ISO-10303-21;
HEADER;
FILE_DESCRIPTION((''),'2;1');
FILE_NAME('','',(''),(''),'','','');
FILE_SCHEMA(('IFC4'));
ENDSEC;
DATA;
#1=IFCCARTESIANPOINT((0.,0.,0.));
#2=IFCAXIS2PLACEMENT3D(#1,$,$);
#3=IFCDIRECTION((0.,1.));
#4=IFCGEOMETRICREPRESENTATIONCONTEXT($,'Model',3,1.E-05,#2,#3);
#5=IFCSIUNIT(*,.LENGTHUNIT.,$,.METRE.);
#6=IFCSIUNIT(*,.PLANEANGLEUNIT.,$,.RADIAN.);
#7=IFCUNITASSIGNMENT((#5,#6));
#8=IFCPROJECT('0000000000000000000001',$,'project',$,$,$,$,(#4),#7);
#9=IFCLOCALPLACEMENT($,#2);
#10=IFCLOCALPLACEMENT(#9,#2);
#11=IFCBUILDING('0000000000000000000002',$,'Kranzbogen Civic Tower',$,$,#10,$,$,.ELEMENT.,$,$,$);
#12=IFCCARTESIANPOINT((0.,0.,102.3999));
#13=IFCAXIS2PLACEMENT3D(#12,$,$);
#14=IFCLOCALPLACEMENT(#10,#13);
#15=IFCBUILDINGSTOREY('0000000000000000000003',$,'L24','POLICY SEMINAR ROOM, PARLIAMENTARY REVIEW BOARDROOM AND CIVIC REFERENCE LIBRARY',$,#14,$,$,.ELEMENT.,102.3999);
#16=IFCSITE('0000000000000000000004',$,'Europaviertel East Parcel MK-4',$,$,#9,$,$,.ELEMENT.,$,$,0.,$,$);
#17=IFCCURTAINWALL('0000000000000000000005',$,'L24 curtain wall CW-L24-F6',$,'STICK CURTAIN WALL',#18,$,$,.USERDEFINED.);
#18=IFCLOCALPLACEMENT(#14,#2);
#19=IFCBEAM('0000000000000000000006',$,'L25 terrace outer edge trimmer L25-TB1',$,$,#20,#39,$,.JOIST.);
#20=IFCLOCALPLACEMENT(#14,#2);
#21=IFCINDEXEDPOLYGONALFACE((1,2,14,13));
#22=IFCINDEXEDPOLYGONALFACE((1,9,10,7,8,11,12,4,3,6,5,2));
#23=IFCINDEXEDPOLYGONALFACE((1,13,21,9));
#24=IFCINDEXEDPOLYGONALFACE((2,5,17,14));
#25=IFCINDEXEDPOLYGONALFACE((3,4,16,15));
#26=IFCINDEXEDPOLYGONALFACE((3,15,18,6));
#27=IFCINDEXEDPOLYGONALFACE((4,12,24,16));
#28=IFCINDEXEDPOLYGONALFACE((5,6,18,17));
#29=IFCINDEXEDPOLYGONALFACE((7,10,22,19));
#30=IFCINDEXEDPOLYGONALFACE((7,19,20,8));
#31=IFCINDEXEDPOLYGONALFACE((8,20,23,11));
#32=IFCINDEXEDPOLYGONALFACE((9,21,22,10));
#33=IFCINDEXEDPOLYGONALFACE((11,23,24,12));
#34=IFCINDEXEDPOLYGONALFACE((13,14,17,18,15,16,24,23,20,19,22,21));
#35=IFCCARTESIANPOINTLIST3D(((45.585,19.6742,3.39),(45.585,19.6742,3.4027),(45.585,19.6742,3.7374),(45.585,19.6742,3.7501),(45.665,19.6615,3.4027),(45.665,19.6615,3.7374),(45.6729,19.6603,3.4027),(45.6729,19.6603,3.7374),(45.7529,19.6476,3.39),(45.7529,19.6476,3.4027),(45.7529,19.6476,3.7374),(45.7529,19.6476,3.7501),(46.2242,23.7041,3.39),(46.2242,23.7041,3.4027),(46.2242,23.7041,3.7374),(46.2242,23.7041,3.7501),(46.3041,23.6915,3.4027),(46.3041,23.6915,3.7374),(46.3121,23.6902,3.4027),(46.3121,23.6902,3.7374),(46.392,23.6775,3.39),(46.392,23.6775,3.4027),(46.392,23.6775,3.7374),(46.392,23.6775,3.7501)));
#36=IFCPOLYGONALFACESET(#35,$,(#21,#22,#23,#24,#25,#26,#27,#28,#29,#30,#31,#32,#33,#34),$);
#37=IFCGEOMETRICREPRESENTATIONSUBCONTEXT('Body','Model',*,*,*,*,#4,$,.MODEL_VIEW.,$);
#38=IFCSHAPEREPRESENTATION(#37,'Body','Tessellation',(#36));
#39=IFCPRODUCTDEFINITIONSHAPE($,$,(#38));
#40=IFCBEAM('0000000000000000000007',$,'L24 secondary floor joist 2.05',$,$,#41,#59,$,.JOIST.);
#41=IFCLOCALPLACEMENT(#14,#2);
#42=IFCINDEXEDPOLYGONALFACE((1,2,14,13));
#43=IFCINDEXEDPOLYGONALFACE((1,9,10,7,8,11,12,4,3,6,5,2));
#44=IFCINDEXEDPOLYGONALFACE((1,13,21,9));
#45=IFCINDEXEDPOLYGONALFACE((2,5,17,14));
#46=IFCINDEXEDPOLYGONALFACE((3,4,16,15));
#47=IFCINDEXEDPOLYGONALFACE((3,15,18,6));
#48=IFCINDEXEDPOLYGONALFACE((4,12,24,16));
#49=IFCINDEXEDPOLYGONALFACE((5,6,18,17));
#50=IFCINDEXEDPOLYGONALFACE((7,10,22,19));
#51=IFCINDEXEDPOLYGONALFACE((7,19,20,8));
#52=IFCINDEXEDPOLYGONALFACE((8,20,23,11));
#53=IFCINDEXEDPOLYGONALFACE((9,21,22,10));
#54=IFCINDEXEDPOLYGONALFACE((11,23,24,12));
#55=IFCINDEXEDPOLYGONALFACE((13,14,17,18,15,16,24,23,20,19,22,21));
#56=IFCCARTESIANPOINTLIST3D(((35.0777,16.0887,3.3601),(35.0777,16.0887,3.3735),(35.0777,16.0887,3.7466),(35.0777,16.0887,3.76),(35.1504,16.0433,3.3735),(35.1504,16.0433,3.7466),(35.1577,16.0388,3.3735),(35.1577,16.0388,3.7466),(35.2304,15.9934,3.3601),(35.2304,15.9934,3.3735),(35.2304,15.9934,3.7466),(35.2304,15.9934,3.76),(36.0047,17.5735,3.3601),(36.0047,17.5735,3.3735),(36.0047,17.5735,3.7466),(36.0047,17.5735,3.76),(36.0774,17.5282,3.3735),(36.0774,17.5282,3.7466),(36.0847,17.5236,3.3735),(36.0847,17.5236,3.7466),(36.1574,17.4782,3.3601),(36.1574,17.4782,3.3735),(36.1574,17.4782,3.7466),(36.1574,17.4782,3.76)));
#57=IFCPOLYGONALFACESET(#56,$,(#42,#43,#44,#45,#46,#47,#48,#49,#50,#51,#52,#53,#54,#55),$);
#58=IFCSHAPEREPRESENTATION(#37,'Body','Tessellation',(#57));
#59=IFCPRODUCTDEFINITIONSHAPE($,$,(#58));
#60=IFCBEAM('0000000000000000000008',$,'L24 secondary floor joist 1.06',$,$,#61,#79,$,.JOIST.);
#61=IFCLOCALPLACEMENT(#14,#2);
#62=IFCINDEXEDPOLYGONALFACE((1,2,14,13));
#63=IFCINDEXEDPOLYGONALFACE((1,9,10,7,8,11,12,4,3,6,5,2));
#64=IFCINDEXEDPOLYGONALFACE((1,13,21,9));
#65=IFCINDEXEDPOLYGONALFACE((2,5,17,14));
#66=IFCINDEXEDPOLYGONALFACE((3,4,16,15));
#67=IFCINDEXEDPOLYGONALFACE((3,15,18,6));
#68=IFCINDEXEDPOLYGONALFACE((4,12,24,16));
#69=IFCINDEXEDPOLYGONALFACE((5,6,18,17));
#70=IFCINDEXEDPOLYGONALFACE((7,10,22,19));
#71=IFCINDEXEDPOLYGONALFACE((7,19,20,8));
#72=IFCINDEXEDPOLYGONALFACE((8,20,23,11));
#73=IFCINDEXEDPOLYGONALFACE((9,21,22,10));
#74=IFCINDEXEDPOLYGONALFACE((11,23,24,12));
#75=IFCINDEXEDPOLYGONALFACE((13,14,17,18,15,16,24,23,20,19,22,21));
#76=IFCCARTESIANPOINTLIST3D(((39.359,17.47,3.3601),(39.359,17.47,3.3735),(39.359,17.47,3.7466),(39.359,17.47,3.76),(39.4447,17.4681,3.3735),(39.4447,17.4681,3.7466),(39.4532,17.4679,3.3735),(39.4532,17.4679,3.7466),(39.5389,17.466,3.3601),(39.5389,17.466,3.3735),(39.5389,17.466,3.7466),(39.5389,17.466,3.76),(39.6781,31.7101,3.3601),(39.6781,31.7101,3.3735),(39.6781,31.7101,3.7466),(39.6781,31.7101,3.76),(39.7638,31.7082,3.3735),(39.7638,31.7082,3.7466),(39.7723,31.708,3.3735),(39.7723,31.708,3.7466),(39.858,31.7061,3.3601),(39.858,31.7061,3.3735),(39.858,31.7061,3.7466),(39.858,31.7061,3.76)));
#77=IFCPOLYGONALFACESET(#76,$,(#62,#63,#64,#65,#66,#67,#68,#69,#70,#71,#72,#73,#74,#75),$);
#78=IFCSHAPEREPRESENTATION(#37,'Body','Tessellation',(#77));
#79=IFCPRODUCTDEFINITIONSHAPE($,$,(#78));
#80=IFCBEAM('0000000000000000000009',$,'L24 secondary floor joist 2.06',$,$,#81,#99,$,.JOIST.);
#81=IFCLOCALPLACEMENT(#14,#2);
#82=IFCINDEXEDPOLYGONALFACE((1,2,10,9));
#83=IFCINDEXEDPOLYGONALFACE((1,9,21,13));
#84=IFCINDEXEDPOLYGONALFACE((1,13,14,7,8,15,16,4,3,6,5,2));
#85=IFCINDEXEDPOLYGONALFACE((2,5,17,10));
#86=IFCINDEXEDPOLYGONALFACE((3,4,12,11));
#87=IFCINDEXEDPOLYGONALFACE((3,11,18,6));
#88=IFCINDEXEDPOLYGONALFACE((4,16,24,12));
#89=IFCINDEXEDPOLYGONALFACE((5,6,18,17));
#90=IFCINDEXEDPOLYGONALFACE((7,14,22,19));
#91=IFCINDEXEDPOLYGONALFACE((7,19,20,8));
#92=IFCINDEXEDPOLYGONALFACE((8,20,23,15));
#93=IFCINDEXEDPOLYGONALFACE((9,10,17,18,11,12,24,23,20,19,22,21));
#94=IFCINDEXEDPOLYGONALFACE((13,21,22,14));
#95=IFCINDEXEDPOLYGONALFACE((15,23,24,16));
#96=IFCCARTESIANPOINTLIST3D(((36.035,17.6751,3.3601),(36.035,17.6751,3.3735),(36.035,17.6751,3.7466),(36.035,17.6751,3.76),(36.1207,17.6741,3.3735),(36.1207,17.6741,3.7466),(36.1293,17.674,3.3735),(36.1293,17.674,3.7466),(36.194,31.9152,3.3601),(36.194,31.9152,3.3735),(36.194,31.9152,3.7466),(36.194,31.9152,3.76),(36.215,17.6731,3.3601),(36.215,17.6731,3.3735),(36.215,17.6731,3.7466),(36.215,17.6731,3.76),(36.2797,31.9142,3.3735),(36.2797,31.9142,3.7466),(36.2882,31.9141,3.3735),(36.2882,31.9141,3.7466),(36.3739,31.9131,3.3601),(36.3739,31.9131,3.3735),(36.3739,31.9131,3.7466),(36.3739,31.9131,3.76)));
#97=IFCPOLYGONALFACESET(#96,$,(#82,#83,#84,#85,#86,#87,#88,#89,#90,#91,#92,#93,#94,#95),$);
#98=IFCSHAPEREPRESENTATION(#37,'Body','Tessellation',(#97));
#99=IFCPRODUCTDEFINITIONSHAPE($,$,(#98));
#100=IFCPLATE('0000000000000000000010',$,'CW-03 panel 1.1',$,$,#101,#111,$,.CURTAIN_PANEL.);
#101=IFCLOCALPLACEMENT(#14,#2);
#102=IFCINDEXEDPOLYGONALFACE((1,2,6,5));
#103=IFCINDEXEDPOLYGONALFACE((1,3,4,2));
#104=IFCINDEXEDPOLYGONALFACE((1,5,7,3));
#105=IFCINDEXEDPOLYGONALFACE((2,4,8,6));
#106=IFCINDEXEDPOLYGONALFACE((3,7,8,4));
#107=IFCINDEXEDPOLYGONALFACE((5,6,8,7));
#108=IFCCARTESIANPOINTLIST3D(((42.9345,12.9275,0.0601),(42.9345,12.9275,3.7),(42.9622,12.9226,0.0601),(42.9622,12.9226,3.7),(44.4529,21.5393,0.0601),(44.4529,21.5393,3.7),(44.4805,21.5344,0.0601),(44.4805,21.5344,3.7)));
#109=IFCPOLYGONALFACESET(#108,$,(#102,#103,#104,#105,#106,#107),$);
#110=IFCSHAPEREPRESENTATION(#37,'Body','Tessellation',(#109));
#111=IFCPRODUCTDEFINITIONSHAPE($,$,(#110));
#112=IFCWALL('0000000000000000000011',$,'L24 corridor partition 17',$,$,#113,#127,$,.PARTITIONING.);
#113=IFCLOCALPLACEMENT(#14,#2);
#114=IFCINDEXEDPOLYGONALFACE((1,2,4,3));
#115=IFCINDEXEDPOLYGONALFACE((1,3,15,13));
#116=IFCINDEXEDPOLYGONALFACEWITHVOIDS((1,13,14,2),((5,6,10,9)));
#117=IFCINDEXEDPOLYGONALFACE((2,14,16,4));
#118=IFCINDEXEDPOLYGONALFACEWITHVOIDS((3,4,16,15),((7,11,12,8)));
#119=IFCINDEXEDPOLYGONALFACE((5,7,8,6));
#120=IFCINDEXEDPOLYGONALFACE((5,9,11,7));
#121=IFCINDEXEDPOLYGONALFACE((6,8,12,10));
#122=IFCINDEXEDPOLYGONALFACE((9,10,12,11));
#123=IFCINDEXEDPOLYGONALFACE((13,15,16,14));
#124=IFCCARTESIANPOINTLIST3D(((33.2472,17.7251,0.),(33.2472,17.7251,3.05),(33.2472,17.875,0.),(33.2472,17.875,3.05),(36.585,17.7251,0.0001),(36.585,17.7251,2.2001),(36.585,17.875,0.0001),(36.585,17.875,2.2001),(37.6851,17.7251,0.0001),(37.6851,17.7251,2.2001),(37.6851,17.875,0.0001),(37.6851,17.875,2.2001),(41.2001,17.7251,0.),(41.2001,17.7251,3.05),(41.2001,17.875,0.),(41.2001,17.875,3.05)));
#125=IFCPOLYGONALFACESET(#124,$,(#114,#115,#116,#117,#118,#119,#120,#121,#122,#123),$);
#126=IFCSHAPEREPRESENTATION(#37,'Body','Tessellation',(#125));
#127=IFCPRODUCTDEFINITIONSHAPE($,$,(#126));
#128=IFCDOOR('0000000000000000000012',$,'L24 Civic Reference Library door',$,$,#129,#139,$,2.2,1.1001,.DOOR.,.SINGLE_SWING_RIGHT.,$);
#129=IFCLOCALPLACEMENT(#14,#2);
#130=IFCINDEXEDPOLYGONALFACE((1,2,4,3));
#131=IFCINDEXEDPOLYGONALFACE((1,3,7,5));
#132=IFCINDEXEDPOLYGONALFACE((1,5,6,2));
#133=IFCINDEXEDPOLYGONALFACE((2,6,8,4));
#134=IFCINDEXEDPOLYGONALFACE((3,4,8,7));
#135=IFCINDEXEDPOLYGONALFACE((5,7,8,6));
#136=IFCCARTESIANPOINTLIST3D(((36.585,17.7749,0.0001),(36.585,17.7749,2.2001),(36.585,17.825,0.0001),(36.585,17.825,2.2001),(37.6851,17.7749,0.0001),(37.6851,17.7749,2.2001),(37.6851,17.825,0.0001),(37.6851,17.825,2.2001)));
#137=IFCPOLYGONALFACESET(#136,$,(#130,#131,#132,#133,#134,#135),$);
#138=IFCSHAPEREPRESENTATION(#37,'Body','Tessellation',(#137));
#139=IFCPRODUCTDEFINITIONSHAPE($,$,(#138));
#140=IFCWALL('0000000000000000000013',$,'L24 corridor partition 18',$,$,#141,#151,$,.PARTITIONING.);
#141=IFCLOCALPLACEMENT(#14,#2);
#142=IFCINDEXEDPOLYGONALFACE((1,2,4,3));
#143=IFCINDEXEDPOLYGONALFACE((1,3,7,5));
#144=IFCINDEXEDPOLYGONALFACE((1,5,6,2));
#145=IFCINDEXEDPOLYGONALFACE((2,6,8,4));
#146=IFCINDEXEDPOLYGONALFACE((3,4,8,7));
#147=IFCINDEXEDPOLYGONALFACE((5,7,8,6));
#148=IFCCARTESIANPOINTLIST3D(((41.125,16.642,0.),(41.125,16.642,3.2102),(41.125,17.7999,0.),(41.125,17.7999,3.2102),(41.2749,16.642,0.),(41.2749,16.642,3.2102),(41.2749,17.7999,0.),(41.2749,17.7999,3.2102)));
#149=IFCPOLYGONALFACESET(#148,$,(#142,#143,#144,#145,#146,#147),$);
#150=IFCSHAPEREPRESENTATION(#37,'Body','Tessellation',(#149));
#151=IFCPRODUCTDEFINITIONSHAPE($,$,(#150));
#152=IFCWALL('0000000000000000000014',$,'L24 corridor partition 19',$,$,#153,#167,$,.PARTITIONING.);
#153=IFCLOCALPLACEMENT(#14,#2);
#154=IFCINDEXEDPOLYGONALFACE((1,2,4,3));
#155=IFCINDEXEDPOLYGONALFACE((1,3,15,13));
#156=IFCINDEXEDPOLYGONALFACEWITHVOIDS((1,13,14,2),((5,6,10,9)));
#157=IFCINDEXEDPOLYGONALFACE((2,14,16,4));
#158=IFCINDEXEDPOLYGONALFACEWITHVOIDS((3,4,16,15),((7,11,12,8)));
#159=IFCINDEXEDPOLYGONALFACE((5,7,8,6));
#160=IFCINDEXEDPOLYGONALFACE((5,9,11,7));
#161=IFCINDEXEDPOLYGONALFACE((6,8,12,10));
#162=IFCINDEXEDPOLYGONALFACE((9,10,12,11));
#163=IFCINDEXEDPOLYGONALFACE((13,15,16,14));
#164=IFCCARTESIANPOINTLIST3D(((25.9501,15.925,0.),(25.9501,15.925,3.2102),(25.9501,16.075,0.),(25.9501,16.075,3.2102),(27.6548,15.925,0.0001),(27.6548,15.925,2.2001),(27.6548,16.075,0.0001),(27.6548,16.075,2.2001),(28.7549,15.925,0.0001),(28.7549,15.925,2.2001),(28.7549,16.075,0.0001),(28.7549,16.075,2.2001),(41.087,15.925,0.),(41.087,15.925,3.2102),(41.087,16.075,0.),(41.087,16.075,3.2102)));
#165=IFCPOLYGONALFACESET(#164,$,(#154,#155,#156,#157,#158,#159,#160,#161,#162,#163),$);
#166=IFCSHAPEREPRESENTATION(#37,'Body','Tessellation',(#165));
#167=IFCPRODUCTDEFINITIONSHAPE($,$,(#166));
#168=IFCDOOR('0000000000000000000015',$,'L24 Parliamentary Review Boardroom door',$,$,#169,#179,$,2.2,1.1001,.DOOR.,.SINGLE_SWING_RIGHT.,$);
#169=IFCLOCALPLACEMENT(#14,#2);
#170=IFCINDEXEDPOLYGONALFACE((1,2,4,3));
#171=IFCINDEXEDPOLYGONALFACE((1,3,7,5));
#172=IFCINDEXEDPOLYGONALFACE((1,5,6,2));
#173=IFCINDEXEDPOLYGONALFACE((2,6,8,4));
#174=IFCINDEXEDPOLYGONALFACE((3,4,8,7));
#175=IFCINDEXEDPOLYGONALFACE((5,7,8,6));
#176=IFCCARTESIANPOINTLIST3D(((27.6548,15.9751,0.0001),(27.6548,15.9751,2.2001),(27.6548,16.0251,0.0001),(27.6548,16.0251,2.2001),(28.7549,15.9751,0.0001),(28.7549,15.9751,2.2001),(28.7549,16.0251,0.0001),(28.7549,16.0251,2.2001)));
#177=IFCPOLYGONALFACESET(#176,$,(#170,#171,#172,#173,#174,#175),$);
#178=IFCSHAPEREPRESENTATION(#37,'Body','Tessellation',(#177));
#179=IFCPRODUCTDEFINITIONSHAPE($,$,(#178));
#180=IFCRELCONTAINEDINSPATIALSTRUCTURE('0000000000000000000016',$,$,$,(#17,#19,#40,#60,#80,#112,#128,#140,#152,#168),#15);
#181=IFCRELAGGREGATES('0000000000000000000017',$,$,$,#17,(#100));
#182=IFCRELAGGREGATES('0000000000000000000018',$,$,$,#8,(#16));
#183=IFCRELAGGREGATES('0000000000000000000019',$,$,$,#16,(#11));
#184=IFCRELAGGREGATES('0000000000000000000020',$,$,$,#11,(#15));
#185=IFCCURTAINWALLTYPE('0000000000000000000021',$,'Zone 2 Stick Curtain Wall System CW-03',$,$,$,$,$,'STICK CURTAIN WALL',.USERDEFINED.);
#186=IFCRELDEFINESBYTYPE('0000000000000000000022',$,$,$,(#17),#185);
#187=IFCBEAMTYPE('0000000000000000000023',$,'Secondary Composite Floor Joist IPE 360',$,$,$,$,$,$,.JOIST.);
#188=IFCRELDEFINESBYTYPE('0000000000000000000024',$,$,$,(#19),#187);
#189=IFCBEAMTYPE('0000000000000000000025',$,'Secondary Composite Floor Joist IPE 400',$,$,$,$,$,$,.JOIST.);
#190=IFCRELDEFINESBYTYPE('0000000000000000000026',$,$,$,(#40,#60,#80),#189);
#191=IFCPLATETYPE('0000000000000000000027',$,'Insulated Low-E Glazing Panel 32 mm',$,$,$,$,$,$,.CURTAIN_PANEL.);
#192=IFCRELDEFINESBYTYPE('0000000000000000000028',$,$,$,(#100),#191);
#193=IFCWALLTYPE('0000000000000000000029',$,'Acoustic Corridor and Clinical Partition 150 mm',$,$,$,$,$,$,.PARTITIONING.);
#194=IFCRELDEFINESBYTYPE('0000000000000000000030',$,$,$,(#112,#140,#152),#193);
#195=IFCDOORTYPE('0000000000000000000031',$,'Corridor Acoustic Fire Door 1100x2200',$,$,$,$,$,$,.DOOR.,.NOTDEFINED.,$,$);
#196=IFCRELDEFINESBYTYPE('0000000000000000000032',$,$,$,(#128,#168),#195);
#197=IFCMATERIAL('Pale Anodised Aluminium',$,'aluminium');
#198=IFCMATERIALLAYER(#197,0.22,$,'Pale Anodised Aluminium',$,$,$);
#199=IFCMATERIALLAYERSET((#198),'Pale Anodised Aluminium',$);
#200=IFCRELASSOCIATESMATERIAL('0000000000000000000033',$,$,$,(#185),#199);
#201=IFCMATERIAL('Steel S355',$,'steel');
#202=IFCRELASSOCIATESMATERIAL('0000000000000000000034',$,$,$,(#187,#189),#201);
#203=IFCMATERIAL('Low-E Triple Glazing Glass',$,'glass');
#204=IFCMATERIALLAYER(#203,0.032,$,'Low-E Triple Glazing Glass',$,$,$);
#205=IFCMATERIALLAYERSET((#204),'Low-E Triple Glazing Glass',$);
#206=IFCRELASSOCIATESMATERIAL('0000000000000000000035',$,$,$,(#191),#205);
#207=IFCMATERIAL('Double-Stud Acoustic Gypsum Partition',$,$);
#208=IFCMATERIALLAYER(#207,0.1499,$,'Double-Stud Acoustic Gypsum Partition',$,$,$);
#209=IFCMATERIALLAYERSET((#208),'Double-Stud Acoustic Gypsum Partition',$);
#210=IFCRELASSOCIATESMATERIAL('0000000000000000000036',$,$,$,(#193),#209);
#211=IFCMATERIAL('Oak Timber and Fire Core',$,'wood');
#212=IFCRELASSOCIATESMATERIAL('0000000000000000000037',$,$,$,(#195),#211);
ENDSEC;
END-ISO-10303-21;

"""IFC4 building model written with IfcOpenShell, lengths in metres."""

from ifc_helpers import new_model, si_unit, direction, frame, frame_2d, origin, origin_2d, place, context, subcontext, project, spatial, rectangle, i_section, extrude, material, layer, layer_set, material_profile, profile_set, type_object, element, fill, aggregate, save


model = new_model("IFC4")

# Units and contexts
model_context = context("Model", 3, precision=1e-05, world=origin(), true_north=direction((0.0, 1.0)))
body_context = subcontext(model_context, "Body", "Model", "MODEL_VIEW")
ifc_project = project(units=[si_unit("LENGTHUNIT", "METRE"), si_unit("PLANEANGLEUNIT", "RADIAN")], contexts=[model_context])

# Site, building, storey
site_placement = place(None, origin())
site = spatial("IfcSite", under=ifc_project, at=site_placement, Name="Europaviertel East Parcel MK-4", CompositionType="ELEMENT", RefElevation=0.0)
building_placement = place(site_placement, origin())
building = spatial("IfcBuilding", under=site, at=building_placement, Name="Kranzbogen Civic Tower", CompositionType="ELEMENT")
storey_placement = place(building_placement, frame((0.0, 0.0, 102.3999)))
storey = spatial("IfcBuildingStorey", under=building, at=storey_placement, Name="L24", Description="POLICY SEMINAR ROOM, PARLIAMENTARY REVIEW BOARDROOM AND CIVIC REFERENCE LIBRARY", CompositionType="ELEMENT", Elevation=102.3999)

# Curtain wall
ifc_material_1 = material(Name="Pale Anodised Aluminium", Category="aluminium")
ifc_layer_1 = layer(ifc_material_1, 0.22, Name="Pale Anodised Aluminium")
ifc_layer_set_1 = layer_set([ifc_layer_1], Name="Pale Anodised Aluminium")
curtain_wall_type = type_object("IfcCurtainWallType", Name="Zone 2 Stick Curtain Wall System CW-03", ElementType="STICK CURTAIN WALL", PredefinedType="USERDEFINED", material=ifc_layer_set_1)
curtain_wall_placement = place(storey_placement, origin())
curtain_wall = element("IfcCurtainWall", 1, at=curtain_wall_placement, inside=storey, type_object=curtain_wall_type, Name="L24 curtain wall CW-L24-F6", ObjectType="STICK CURTAIN WALL", PredefinedType="USERDEFINED")

# Beams
ifc_material_2 = material(Name="Steel S355", Category="steel")
ifc_material_profile_1 = material_profile(ifc_material_2, i_section(OverallWidth=0.1699, OverallDepth=0.3601, WebThickness=0.0081, FlangeThickness=0.0127, at=origin_2d()), Name="IPE 360")
ifc_profile_set_1 = profile_set([ifc_material_profile_1], Name="Steel S355")
beam_type_1 = type_object("IfcBeamType", Name="Secondary Composite Floor Joist IPE 360", PredefinedType="JOIST", material=ifc_profile_set_1)
beam_1_placement = place(storey_placement, frame((45.6689, 19.6609, 3.5701), z_axis=(0.156642, 0.987656, 0.0), x_axis=(-0.987656, 0.156642, 0.0)))
element("IfcBeam", 2, at=beam_1_placement, inside=storey, type_object=beam_type_1, Name="L25 terrace outer edge trimmer L25-TB1", PredefinedType="JOIST", context=body_context, shape_type="SweptSolid", body=[
    extrude(i_section(OverallWidth=0.1699, OverallDepth=0.3601, WebThickness=0.0081, FlangeThickness=0.0127, at=origin_2d()), origin(), (0.0, 0.0, 1.0), 4.0803),
])
ifc_material_profile_2 = material_profile(ifc_material_2, i_section(OverallWidth=0.1799, OverallDepth=0.3999, WebThickness=0.0085, FlangeThickness=0.0134, at=origin_2d()), Name="IPE 400")
ifc_profile_set_2 = profile_set([ifc_material_profile_2], Name="Steel S355")
beam_type_2 = type_object("IfcBeamType", Name="Secondary Composite Floor Joist IPE 400", PredefinedType="JOIST", material=ifc_profile_set_2)
beam_2_placement = place(storey_placement, frame((35.1541, 16.041, 3.5601), z_axis=(0.529573, 0.848265, 0.0), x_axis=(-0.848265, 0.529573, 0.0)))
element("IfcBeam", 3, at=beam_2_placement, inside=storey, type_object=beam_type_2, Name="L24 secondary floor joist 2.05", PredefinedType="JOIST", context=body_context, shape_type="SweptSolid", body=[
    extrude(i_section(OverallWidth=0.1799, OverallDepth=0.3999, WebThickness=0.0085, FlangeThickness=0.0134, at=origin_2d()), origin(), (0.0, 0.0, 1.0), 1.7505),
])
beam_3_placement = place(storey_placement, frame((39.449, 17.468, 3.5601), z_axis=(0.022403, 0.999749, 0.0), x_axis=(-0.999749, 0.022403, 0.0)))
element("IfcBeam", 4, at=beam_3_placement, inside=storey, type_object=beam_type_2, Name="L24 secondary floor joist 1.06", PredefinedType="JOIST", context=body_context, shape_type="SweptSolid", body=[
    extrude(i_section(OverallWidth=0.1799, OverallDepth=0.3999, WebThickness=0.0085, FlangeThickness=0.0134, at=origin_2d()), origin(), (0.0, 0.0, 1.0), 14.2437),
])
beam_4_placement = place(storey_placement, frame((36.125, 17.6741, 3.5601), z_axis=(0.011161, 0.999938, 0.0), x_axis=(-0.999938, 0.011161, 0.0)))
element("IfcBeam", 5, at=beam_4_placement, inside=storey, type_object=beam_type_2, Name="L24 secondary floor joist 2.06", PredefinedType="JOIST", context=body_context, shape_type="SweptSolid", body=[
    extrude(i_section(OverallWidth=0.1799, OverallDepth=0.3999, WebThickness=0.0085, FlangeThickness=0.0134, at=origin_2d()), origin(), (0.0, 0.0, 1.0), 14.241),
])

# Plate
ifc_material_3 = material(Name="Low-E Triple Glazing Glass", Category="glass")
ifc_layer_2 = layer(ifc_material_3, 0.032, Name="Low-E Triple Glazing Glass")
ifc_layer_set_2 = layer_set([ifc_layer_2], Name="Low-E Triple Glazing Glass")
plate_type = type_object("IfcPlateType", Name="Insulated Low-E Glazing Panel 32 mm", PredefinedType="CURTAIN_PANEL", material=ifc_layer_set_2)
plate_placement = place(storey_placement, frame((43.7075, 17.231, 0.0601), z_axis=(0.0, 0.0, 1.0), x_axis=(0.173634, 0.98481, 0.0)))
plate = element("IfcPlate", 6, at=plate_placement, type_object=plate_type, Name="CW-03 panel 1.1", PredefinedType="CURTAIN_PANEL", context=body_context, shape_type="SweptSolid", body=[
    extrude(rectangle(XDim=8.7446, YDim=0.0281, at=origin_2d()), origin(), (0.0, 0.0, 1.0), 3.6399),
])
aggregate(curtain_wall, [plate])

# Wall, opening, door
ifc_material_4 = material(Name="Double-Stud Acoustic Gypsum Partition")
ifc_layer_3 = layer(ifc_material_4, 0.1499, Name="Double-Stud Acoustic Gypsum Partition")
ifc_layer_set_3 = layer_set([ifc_layer_3], Name="Double-Stud Acoustic Gypsum Partition")
wall_type_1 = type_object("IfcWallType", Name="Acoustic Corridor and Clinical Partition 150 mm", PredefinedType="PARTITIONING", material=ifc_layer_set_3)
wall_1_placement = place(storey_placement, frame((33.2471, 17.8, 0.0), z_axis=(0.0, 0.0, 1.0), x_axis=(1.0, 0.0, 0.0)))
wall_1 = element("IfcWall", 7, at=wall_1_placement, inside=storey, type_object=wall_type_1, Name="L24 corridor partition 17", PredefinedType="PARTITIONING", context=body_context, shape_type="SweptSolid", body=[
    extrude(rectangle(XDim=7.9529, YDim=0.1499, at=frame_2d((3.9766, 0.0))), origin(), (0.0, 0.0, 1.0), 3.05),
])
opening_1_placement = place(wall_1_placement, frame((3.3379, 0.0, 0.0)))
opening_1 = element("IfcOpeningElement", 8, at=opening_1_placement, cuts=wall_1, PredefinedType="OPENING", context=body_context, shape_type="SweptSolid", body=[
    extrude(rectangle(XDim=1.1001, YDim=2.2, at=frame_2d((0.55, 1.1001))), frame((0.0, 0.085, 0.0), z_axis=(0.0, -1.0, 0.0), x_axis=(1.0, 0.0, 0.0)), (0.0, 0.0, 1.0), 0.1699),
])
ifc_material_5 = material(Name="Oak Timber and Fire Core", Category="wood")
door_type = type_object("IfcDoorType", Name="Corridor Acoustic Fire Door 1100x2200", OperationType="NOTDEFINED", PredefinedType="DOOR", material=ifc_material_5)
door_1_placement = place(opening_1_placement, origin())
door_1 = element("IfcDoor", 9, at=door_1_placement, inside=storey, type_object=door_type, Name="L24 Civic Reference Library door", OperationType="SINGLE_SWING_RIGHT", OverallHeight=2.2, OverallWidth=1.1001, PredefinedType="DOOR", context=body_context, shape_type="SweptSolid", body=[
    extrude(rectangle(XDim=1.1001, YDim=2.2, at=frame_2d((0.55, 1.1001))), frame((0.0, 0.0249, 0.0), z_axis=(0.0, -1.0, 0.0), x_axis=(1.0, 0.0, 0.0)), (0.0, 0.0, 1.0), 0.05),
])
fill(opening_1, door_1)

# Wall
wall_2_placement = place(storey_placement, frame((41.2, 17.8, 0.0), z_axis=(0.0, 0.0, 1.0), x_axis=(0.0, -1.0, 0.0)))
element("IfcWall", 10, at=wall_2_placement, inside=storey, type_object=wall_type_1, Name="L24 corridor partition 18", PredefinedType="PARTITIONING", context=body_context, shape_type="SweptSolid", body=[
    extrude(rectangle(XDim=1.158, YDim=0.1499, at=frame_2d((0.5791, 0.0))), origin(), (0.0, 0.0, 1.0), 3.2102),
])

# Wall, opening, door
wall_3_placement = place(storey_placement, frame((41.0869, 16.0, 0.0), z_axis=(0.0, 0.0, 1.0), x_axis=(-1.0, 0.0, 0.0)))
wall_3 = element("IfcWall", 11, at=wall_3_placement, inside=storey, type_object=wall_type_1, Name="L24 corridor partition 19", PredefinedType="PARTITIONING", context=body_context, shape_type="SweptSolid", body=[
    extrude(rectangle(XDim=15.137, YDim=0.1499, at=frame_2d((7.5684, 0.0))), origin(), (0.0, 0.0, 1.0), 3.2102),
])
opening_2_placement = place(wall_3_placement, frame((12.332, 0.0, 0.0)))
opening_2 = element("IfcOpeningElement", 12, at=opening_2_placement, cuts=wall_3, PredefinedType="OPENING", context=body_context, shape_type="SweptSolid", body=[
    extrude(rectangle(XDim=1.1001, YDim=2.2, at=frame_2d((0.55, 1.1001))), frame((0.0, 0.085, 0.0), z_axis=(0.0, -1.0, 0.0), x_axis=(1.0, 0.0, 0.0)), (0.0, 0.0, 1.0), 0.1699),
])
door_2_placement = place(opening_2_placement, origin())
door_2 = element("IfcDoor", 13, at=door_2_placement, inside=storey, type_object=door_type, Name="L24 Parliamentary Review Boardroom door", OperationType="SINGLE_SWING_RIGHT", OverallHeight=2.2, OverallWidth=1.1001, PredefinedType="DOOR", context=body_context, shape_type="SweptSolid", body=[
    extrude(rectangle(XDim=1.1001, YDim=2.2, at=frame_2d((0.55, 1.1001))), frame((0.0, 0.0249, 0.0), z_axis=(0.0, -1.0, 0.0), x_axis=(1.0, 0.0, 0.0)), (0.0, 0.0, 1.0), 0.05),
])
fill(opening_2, door_2)

save(model, "model.ifc")
